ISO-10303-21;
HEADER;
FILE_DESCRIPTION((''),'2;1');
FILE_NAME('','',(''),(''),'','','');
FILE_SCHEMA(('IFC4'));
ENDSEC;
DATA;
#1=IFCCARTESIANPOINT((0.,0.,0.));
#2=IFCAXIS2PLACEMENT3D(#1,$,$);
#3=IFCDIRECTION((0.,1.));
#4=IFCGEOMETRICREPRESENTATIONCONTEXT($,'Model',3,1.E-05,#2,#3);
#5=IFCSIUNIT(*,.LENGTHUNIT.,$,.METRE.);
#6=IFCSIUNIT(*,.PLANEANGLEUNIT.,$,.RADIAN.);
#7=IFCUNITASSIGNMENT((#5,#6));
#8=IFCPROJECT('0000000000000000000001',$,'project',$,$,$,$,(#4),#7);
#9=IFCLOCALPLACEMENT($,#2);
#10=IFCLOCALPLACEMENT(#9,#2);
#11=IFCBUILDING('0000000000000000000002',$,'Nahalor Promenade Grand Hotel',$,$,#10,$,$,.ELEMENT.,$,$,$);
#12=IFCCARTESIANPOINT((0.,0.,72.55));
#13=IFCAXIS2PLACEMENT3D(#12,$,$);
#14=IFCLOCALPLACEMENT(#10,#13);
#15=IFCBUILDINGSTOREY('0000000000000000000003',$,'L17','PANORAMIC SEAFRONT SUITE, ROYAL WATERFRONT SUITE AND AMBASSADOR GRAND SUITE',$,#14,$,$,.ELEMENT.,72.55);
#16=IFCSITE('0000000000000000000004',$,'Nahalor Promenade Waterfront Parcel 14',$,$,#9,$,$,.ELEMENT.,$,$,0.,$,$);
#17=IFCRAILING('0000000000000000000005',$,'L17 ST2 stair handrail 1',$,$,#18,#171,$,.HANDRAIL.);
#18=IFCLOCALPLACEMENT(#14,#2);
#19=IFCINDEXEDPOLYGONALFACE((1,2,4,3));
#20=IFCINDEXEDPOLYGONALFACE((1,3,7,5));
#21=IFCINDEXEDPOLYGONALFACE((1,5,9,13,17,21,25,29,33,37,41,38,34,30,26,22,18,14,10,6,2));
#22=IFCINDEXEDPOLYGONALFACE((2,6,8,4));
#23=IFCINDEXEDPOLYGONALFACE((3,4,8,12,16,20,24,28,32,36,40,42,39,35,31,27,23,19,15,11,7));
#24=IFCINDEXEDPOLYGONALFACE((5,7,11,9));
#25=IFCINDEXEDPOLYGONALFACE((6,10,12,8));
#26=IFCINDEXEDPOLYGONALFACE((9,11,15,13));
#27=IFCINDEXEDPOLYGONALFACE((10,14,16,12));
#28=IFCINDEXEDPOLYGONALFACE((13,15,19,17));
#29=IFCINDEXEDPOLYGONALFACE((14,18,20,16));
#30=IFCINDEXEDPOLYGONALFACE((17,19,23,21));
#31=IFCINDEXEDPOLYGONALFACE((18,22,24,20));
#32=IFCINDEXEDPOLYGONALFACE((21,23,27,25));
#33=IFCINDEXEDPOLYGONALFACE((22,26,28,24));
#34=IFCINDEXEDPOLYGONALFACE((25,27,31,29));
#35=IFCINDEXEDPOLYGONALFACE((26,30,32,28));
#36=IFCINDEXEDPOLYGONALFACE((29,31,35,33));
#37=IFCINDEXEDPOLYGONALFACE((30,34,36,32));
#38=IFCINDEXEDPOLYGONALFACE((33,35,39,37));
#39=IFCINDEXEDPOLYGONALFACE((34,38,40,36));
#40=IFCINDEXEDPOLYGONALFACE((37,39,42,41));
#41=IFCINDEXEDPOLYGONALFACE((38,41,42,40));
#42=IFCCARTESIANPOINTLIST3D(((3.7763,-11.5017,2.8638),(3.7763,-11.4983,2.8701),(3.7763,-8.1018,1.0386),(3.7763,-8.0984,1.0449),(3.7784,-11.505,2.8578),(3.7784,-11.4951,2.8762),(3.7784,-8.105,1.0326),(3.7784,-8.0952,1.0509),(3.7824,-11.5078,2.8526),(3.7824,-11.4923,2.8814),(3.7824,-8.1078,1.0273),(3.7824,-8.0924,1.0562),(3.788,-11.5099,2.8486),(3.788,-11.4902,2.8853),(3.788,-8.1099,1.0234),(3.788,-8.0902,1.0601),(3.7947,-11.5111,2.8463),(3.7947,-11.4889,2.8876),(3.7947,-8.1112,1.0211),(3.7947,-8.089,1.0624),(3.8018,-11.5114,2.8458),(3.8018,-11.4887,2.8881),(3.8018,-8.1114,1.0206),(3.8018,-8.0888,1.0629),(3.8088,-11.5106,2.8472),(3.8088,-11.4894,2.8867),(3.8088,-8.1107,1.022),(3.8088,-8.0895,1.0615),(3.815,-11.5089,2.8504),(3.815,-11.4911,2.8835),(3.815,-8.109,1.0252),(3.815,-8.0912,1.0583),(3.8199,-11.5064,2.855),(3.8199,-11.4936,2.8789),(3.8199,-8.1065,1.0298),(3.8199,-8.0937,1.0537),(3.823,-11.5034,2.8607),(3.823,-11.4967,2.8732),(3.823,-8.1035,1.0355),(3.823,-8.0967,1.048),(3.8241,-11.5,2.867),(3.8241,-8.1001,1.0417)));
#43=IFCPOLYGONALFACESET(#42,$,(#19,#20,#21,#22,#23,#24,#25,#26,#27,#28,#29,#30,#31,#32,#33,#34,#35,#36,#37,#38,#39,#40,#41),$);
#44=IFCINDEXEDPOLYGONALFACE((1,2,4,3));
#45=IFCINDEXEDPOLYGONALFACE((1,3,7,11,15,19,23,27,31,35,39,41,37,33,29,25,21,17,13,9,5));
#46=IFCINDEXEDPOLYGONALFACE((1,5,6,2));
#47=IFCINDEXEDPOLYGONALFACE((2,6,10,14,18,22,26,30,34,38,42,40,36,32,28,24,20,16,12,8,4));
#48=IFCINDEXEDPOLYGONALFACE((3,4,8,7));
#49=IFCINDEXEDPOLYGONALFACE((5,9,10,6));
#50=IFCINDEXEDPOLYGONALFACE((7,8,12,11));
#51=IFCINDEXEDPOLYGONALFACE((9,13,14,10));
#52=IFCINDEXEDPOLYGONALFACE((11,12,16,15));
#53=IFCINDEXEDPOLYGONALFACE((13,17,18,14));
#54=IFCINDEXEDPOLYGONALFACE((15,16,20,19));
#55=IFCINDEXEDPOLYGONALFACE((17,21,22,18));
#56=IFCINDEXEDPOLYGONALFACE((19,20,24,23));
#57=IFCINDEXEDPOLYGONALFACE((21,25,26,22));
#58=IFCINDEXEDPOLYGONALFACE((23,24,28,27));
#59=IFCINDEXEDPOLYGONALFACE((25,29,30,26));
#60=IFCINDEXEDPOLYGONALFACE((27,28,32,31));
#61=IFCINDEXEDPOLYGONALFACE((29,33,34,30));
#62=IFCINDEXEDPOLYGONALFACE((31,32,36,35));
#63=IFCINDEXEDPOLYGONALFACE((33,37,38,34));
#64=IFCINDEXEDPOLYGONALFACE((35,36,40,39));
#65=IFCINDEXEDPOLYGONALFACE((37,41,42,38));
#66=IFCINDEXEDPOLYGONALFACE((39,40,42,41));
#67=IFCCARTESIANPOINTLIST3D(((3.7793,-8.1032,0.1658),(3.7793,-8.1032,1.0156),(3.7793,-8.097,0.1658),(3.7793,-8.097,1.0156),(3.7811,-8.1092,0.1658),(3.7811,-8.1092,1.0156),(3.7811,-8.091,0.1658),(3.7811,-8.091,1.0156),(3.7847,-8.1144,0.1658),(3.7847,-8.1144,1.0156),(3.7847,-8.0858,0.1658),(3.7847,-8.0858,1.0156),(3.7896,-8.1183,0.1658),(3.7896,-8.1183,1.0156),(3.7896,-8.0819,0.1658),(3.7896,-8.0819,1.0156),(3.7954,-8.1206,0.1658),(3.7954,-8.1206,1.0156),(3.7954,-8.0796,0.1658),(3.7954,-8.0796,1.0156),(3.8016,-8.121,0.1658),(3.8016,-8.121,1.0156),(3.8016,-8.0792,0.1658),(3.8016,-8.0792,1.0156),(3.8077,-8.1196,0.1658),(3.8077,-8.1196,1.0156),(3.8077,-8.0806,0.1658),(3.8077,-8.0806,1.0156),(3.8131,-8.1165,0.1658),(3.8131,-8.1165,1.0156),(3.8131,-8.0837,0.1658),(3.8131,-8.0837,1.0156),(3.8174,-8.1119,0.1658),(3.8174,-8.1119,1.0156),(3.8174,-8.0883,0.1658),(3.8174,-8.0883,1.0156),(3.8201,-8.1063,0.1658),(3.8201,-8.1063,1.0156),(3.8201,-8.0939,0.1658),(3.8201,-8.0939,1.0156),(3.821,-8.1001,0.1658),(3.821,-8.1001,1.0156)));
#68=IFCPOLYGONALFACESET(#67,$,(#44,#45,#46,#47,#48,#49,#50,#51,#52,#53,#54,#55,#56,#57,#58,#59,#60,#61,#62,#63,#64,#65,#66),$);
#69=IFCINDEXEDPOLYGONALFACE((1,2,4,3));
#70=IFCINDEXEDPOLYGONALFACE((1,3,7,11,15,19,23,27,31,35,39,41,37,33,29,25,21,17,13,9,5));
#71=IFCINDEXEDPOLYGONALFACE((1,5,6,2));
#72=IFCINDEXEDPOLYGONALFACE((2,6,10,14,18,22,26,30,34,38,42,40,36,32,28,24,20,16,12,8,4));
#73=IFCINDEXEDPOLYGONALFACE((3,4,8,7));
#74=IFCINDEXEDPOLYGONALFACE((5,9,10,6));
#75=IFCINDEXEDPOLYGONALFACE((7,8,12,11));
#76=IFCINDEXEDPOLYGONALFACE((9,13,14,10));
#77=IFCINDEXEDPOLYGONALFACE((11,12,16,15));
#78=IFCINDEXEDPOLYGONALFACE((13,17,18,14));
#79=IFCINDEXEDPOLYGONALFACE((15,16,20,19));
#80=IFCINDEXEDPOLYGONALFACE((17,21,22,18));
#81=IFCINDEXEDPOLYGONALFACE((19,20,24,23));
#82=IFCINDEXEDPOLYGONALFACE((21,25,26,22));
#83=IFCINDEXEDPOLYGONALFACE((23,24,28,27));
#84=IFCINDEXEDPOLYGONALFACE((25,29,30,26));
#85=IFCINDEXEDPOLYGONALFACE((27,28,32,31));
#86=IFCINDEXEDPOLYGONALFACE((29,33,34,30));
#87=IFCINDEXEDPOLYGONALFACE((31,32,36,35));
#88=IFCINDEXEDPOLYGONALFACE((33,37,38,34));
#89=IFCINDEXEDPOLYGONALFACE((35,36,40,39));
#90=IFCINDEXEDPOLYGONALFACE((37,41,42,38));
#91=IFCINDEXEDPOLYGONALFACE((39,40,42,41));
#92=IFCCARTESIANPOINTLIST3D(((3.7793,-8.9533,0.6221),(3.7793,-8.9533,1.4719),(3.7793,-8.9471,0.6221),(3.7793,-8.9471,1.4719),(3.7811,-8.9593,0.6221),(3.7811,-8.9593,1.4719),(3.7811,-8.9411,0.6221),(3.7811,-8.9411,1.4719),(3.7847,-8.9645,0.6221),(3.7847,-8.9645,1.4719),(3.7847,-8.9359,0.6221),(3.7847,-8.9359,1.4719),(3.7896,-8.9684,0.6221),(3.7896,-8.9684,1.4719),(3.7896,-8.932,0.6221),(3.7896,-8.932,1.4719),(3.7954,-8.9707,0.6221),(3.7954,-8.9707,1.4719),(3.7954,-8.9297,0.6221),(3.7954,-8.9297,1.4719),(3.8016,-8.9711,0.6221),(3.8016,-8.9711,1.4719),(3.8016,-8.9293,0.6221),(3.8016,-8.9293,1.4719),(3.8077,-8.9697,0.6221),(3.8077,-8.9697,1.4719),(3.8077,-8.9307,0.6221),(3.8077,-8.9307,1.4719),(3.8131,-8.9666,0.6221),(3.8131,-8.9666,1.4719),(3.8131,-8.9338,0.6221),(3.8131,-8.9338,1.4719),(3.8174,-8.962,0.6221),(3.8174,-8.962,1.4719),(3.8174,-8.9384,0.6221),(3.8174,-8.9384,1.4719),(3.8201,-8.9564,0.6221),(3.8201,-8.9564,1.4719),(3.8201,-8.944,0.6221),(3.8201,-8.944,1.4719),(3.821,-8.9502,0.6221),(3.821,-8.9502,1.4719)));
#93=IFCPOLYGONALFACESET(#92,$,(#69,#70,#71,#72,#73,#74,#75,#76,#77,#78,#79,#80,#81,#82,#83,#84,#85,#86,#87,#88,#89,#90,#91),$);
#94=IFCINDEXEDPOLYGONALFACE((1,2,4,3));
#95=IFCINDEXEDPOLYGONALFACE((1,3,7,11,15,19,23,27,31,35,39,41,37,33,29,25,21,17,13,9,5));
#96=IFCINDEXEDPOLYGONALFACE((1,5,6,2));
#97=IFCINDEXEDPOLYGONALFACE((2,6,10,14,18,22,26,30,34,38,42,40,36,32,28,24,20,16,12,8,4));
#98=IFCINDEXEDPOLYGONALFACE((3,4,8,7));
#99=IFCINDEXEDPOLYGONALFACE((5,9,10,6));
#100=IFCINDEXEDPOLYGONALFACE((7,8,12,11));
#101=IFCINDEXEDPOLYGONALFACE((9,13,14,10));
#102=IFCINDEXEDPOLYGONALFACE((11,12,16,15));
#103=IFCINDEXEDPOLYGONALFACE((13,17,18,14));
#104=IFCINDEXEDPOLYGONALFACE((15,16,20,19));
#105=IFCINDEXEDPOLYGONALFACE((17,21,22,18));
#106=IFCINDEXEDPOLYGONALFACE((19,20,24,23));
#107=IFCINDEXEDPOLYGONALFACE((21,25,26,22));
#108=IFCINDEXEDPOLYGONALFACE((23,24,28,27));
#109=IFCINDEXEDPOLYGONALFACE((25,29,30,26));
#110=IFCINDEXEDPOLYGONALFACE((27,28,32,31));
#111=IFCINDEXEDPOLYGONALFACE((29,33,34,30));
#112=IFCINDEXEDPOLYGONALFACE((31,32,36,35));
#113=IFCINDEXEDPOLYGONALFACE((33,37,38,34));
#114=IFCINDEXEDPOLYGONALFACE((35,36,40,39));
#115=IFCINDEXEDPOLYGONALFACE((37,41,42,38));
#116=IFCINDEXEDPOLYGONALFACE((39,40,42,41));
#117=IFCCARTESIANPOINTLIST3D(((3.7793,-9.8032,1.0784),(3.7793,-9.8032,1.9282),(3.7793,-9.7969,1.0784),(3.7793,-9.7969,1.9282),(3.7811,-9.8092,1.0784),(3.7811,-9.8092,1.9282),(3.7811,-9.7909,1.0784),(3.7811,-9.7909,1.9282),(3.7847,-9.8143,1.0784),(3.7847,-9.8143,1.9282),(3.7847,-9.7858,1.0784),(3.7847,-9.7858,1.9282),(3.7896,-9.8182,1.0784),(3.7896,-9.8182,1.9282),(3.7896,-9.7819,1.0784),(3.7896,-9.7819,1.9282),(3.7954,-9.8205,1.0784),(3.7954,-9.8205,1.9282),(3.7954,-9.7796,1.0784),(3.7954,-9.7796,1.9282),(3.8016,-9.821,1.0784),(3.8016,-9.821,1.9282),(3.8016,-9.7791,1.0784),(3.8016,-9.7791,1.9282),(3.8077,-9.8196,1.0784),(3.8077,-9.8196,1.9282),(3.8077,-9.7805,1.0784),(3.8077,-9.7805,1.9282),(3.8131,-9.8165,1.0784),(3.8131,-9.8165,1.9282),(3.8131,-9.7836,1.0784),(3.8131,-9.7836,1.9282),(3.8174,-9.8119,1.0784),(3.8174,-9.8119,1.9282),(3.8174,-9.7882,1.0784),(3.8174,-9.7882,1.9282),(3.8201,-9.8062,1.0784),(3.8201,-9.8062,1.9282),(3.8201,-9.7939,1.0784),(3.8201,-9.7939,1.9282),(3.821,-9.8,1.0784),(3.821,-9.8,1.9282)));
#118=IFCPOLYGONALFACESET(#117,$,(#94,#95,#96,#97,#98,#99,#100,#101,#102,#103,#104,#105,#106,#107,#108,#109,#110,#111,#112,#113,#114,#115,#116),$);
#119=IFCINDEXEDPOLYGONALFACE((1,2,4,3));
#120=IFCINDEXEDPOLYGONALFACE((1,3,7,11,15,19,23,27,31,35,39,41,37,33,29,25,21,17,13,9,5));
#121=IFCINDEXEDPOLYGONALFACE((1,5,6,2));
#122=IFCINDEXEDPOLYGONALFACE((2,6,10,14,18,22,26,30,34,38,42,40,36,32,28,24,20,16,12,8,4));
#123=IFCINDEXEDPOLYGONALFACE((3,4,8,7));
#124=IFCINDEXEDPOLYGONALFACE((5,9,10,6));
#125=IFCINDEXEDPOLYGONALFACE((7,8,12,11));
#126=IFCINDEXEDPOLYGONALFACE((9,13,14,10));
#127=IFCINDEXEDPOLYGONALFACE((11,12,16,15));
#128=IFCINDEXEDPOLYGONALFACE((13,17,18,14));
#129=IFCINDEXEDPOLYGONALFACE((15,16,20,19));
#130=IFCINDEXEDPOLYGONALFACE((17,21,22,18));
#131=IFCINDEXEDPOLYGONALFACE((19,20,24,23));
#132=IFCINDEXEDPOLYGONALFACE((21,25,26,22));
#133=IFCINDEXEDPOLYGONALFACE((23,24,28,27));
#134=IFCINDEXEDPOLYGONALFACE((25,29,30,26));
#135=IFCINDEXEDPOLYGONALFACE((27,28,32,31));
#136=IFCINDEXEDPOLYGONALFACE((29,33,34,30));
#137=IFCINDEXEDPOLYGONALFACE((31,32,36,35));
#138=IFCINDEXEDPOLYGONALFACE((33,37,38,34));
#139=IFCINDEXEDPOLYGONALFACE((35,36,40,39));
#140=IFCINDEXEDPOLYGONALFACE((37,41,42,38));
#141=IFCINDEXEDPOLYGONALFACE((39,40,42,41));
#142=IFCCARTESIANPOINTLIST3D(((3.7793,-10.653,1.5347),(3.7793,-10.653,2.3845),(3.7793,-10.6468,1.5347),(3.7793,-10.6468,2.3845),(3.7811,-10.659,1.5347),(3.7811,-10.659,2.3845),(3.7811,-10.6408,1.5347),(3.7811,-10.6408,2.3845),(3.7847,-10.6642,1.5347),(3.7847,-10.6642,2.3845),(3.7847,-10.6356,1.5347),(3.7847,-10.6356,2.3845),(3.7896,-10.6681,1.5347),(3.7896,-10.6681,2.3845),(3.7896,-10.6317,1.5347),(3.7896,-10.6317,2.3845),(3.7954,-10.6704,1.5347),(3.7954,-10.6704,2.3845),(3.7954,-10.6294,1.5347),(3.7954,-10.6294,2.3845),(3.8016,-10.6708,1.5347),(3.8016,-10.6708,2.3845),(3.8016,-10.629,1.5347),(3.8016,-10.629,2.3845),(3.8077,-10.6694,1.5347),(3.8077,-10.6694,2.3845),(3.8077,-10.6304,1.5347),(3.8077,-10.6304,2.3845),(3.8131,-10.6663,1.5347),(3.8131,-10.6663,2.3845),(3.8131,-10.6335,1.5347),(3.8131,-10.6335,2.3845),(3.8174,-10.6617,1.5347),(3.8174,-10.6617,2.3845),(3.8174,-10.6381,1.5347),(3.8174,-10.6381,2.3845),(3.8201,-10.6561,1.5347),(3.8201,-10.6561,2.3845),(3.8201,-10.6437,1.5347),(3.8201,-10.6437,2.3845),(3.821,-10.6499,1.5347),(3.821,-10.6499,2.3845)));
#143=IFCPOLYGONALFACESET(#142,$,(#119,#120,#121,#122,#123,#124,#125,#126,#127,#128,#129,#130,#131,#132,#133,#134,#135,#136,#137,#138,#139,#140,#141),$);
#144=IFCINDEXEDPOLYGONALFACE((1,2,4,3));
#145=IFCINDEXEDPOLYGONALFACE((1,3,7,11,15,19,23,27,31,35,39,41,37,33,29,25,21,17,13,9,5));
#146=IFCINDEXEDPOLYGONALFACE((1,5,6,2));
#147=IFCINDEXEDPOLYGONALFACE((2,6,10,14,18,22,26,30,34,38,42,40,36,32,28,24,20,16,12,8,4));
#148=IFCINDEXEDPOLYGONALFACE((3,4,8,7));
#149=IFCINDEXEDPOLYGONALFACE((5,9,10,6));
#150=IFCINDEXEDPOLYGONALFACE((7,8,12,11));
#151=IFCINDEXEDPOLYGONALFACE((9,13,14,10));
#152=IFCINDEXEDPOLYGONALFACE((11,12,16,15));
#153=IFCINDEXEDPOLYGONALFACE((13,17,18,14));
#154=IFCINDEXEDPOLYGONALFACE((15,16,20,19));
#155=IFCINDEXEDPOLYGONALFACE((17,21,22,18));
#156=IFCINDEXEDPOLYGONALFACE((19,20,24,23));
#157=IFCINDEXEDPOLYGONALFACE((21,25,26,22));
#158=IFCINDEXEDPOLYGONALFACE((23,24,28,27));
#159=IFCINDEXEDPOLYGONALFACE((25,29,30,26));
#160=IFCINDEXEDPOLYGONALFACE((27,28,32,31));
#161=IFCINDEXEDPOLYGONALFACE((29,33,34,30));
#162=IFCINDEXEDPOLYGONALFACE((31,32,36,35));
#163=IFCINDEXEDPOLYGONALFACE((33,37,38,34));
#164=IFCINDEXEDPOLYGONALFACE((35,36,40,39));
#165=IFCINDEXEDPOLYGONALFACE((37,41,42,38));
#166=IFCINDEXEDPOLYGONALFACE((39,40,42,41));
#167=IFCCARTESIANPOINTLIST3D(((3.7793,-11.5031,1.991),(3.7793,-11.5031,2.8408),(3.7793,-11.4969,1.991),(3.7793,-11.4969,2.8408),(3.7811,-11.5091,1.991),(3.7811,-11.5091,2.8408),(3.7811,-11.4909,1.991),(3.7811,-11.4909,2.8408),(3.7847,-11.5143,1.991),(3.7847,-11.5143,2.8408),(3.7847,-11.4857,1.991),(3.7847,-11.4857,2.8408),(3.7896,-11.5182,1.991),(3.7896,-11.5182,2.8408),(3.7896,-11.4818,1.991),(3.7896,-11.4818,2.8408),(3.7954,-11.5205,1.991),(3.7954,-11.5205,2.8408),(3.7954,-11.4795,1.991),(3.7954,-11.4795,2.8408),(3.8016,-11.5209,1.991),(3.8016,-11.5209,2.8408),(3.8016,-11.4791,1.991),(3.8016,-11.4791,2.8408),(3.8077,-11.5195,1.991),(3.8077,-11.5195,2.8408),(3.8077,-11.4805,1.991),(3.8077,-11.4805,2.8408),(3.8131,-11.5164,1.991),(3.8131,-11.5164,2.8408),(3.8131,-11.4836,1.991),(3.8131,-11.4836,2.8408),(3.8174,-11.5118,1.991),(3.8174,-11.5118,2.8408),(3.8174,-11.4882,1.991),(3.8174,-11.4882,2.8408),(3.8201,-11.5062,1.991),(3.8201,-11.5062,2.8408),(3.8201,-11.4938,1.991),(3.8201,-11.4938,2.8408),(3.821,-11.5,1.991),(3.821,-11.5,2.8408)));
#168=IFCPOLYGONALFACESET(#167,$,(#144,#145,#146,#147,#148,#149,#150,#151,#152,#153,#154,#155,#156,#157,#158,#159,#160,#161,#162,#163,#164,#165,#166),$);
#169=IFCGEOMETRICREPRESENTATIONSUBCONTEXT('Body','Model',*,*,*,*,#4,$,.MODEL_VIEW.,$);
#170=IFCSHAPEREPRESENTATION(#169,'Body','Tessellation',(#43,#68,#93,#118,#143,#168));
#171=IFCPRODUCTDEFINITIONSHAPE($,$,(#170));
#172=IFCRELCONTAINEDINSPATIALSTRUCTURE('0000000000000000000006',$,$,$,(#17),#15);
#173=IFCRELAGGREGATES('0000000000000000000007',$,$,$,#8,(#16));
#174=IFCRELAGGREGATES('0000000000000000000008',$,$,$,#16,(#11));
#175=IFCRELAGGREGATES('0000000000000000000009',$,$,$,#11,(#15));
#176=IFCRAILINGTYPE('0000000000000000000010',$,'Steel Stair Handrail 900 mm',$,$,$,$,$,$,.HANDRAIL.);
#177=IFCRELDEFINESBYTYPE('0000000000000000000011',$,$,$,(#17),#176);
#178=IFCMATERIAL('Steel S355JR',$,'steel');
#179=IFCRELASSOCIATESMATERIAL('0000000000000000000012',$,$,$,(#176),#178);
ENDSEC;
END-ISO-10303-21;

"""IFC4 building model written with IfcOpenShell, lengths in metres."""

from ifc_helpers import new_model, si_unit, direction, frame, origin, origin_2d, place, context, subcontext, project, spatial, circle, extrude, material, type_object, element, save


model = new_model("IFC4")

# Units and contexts
model_context = context("Model", 3, precision=1e-05, world=origin(), true_north=direction((0.0, 1.0)))
body_context = subcontext(model_context, "Body", "Model", "MODEL_VIEW")
ifc_project = project(units=[si_unit("LENGTHUNIT", "METRE"), si_unit("PLANEANGLEUNIT", "RADIAN")], contexts=[model_context])

# Site, building, storey
site_placement = place(None, origin())
site = spatial("IfcSite", under=ifc_project, at=site_placement, Name="Nahalor Promenade Waterfront Parcel 14", CompositionType="ELEMENT", RefElevation=0.0)
building_placement = place(site_placement, origin())
building = spatial("IfcBuilding", under=site, at=building_placement, Name="Nahalor Promenade Grand Hotel", CompositionType="ELEMENT")
storey_placement = place(building_placement, frame((0.0, 0.0, 72.55)))
storey = spatial("IfcBuildingStorey", under=building, at=storey_placement, Name="L17", Description="PANORAMIC SEAFRONT SUITE, ROYAL WATERFRONT SUITE AND AMBASSADOR GRAND SUITE", CompositionType="ELEMENT", Elevation=72.55)

# Shared definitions
ifc_material_1 = material(Name="Steel S355JR", Category="steel")

# Railing
railing_type_1 = type_object("IfcRailingType", Name="Steel Stair Handrail 900 mm", PredefinedType="HANDRAIL", material=ifc_material_1)
for number, where, name in (
    (1, (3.8, -8.1001, 0.1658), "L17 ST2 stair handrail 1"),
):
    element("IfcRailing", number, at=place(storey_placement, frame(where)), inside=storey, type_object=railing_type_1, Name=name, PredefinedType="HANDRAIL", context=body_context, shape_type="SweptSolid", body=[
        extrude(circle(Radius=0.024, at=origin_2d()), frame((0.0, 0.0, 0.876), z_axis=(0.0, -0.881068, 0.47299), x_axis=(1.0, 0.0, 0.0)), (0.0, 0.0, 1.0), 3.8589),
        extrude(circle(Radius=0.021, at=origin_2d()), origin(), (0.0, 0.0, 1.0), 0.8499),
        extrude(circle(Radius=0.021, at=origin_2d()), frame((0.0, -0.8501, 0.4563)), (0.0, 0.0, 1.0), 0.8499),
        extrude(circle(Radius=0.021, at=origin_2d()), frame((0.0, -1.7, 0.9126)), (0.0, 0.0, 1.0), 0.8499),
        extrude(circle(Radius=0.021, at=origin_2d()), frame((0.0, -2.5498, 1.3689)), (0.0, 0.0, 1.0), 0.8499),
        extrude(circle(Radius=0.021, at=origin_2d()), frame((0.0, -3.3999, 1.8252)), (0.0, 0.0, 1.0), 0.8499),
    ])

save(model, "model.ifc")
